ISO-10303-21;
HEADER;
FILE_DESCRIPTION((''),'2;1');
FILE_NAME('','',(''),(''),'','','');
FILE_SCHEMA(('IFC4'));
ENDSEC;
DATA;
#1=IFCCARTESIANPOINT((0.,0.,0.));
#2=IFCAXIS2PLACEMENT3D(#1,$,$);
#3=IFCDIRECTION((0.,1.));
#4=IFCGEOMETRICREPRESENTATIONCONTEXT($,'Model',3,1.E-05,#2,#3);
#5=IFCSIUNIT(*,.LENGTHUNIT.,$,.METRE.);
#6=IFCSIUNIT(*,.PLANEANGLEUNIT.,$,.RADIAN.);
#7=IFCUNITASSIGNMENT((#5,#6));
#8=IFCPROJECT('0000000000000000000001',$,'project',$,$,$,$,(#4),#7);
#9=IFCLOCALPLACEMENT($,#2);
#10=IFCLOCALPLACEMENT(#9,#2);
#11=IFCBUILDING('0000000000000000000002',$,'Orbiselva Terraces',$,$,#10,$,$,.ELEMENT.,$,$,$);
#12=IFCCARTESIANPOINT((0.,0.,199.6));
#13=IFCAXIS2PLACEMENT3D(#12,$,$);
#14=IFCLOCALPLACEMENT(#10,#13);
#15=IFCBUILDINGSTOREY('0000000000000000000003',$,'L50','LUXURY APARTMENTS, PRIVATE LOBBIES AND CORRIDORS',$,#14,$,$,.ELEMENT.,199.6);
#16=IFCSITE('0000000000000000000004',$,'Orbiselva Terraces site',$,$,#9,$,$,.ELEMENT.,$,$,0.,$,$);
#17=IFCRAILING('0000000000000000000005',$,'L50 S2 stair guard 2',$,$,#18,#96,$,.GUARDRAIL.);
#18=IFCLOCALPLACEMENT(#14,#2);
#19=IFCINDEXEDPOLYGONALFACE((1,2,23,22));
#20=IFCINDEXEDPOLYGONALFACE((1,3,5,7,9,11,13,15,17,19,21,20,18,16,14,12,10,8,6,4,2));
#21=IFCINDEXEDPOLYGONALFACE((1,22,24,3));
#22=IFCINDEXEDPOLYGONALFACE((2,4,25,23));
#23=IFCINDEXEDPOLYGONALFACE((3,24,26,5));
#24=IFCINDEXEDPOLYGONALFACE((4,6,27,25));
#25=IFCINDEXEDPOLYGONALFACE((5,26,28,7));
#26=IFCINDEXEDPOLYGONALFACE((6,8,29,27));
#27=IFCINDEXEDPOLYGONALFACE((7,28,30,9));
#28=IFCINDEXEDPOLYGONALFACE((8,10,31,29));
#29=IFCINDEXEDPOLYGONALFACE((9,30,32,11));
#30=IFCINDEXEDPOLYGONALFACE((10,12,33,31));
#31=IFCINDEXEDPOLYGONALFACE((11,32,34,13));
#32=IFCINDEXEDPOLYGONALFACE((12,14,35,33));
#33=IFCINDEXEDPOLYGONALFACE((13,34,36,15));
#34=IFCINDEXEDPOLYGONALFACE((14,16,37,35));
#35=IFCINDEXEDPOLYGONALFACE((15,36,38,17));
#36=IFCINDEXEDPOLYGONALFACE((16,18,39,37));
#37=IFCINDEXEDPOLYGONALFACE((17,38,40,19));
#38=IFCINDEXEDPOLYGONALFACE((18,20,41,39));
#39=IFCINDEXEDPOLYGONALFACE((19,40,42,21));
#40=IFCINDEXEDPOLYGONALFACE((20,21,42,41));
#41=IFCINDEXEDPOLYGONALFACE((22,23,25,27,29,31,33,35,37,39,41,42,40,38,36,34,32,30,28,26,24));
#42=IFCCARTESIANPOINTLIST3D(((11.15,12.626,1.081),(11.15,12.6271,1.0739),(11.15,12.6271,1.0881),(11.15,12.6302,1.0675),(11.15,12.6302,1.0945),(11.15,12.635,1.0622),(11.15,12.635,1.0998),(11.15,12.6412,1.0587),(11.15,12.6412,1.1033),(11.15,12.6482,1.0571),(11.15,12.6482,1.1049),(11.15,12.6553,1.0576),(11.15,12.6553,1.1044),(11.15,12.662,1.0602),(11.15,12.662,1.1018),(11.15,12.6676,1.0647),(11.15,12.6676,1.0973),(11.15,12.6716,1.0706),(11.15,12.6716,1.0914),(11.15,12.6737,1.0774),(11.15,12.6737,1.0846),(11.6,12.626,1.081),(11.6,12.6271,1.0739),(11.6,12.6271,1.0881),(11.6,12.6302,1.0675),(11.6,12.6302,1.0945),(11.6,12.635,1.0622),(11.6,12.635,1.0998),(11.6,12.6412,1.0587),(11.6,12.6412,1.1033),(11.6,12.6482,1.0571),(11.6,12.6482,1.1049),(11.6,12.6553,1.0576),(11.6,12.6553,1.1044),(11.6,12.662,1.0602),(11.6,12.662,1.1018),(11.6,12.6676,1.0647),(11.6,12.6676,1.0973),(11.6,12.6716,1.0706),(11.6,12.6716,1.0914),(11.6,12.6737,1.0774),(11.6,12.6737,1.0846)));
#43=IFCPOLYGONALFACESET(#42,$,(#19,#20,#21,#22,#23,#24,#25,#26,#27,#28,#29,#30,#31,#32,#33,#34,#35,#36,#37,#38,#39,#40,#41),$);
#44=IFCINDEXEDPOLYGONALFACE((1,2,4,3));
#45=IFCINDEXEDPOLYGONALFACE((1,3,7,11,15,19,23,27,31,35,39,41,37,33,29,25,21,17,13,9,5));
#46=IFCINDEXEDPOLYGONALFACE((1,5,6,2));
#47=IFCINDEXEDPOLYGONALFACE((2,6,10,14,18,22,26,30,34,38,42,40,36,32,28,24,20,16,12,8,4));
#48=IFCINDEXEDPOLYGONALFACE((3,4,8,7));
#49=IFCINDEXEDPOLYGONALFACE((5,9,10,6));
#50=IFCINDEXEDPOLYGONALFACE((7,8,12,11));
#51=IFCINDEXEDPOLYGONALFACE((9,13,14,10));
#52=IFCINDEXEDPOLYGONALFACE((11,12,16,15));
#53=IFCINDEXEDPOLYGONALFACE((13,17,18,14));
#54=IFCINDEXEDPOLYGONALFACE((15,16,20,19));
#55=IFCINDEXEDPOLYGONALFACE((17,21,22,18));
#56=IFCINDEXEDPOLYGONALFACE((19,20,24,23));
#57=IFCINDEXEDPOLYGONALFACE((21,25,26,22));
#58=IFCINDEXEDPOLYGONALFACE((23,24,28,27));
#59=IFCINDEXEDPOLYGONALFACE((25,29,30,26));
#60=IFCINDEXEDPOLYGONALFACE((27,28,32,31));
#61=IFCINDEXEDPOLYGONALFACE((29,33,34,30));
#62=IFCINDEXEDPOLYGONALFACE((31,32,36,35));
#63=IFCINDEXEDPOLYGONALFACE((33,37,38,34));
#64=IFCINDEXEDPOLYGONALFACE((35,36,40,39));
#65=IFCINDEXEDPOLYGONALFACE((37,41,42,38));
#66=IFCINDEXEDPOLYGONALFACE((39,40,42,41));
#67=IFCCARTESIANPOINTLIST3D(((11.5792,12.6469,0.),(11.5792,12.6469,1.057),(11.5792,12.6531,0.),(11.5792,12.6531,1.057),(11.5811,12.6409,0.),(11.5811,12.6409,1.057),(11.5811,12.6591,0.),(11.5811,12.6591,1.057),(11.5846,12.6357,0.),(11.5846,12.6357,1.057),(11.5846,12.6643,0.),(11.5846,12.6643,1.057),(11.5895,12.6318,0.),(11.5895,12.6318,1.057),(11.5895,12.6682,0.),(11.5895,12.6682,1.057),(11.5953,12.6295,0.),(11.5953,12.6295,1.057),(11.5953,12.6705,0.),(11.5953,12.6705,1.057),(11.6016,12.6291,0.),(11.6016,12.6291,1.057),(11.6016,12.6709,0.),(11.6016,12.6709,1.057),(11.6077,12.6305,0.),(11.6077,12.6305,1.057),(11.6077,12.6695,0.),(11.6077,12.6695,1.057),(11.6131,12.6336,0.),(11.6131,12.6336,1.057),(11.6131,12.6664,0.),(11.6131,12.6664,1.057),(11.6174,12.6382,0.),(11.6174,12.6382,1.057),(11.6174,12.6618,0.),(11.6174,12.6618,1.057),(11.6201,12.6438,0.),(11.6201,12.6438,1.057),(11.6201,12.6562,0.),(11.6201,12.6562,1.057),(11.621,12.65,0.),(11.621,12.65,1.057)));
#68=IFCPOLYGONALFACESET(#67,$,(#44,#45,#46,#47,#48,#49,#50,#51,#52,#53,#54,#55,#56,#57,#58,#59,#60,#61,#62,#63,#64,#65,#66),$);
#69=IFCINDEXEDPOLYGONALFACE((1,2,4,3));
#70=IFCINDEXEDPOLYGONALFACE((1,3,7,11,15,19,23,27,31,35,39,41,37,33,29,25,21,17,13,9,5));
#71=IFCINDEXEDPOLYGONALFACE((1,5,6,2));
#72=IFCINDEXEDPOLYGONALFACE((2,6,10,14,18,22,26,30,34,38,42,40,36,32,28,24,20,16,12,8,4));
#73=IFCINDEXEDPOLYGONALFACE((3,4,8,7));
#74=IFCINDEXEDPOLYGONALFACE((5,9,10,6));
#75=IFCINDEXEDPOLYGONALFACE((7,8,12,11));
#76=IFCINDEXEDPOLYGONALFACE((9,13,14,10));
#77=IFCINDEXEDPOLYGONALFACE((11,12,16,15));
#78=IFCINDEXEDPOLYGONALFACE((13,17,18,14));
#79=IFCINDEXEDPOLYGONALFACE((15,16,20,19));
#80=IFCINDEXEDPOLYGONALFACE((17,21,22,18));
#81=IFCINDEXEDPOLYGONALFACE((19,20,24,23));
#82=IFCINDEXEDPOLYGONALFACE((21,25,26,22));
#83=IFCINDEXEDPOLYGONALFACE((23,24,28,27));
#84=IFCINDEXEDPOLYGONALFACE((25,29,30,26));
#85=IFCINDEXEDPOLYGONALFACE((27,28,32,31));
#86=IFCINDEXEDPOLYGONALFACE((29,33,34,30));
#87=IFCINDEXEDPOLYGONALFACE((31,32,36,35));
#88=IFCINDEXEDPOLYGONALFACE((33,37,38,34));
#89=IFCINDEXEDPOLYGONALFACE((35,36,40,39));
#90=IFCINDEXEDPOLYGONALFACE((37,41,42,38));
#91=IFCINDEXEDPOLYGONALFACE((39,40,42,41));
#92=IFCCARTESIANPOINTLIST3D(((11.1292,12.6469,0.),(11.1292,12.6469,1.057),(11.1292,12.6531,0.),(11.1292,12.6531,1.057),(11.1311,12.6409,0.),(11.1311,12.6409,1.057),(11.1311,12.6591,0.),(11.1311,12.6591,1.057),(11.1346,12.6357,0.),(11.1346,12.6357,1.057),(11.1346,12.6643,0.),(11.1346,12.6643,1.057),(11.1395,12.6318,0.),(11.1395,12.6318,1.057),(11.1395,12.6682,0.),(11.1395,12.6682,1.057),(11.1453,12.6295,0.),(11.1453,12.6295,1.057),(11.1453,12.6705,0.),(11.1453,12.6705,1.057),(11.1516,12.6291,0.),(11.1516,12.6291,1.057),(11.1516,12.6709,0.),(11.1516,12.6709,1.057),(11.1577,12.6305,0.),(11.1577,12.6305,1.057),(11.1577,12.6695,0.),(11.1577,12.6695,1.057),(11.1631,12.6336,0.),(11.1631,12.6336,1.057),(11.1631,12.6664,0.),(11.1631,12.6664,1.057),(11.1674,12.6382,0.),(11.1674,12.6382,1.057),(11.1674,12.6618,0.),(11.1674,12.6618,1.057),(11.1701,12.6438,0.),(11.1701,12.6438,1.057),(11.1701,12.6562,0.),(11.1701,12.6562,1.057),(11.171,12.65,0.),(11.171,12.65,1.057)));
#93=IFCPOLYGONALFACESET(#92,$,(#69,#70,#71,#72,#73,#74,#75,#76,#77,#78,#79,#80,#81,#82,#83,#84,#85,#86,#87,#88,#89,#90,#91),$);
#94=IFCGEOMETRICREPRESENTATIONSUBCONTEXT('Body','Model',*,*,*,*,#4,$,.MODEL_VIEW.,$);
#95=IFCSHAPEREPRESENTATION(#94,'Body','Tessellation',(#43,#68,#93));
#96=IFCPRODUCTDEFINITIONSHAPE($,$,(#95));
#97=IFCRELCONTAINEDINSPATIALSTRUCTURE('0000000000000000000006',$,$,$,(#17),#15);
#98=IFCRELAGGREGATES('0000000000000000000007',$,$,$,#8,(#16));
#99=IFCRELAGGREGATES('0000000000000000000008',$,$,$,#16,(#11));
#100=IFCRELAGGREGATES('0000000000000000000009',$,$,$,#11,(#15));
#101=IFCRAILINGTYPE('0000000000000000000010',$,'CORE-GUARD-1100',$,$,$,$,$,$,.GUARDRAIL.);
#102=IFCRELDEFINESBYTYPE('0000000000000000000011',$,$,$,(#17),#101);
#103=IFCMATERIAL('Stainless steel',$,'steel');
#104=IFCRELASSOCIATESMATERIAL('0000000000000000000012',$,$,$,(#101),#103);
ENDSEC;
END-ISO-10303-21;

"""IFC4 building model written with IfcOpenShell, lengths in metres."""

from ifc_helpers import new_model, si_unit, direction, frame, origin, origin_2d, place, context, subcontext, project, spatial, circle, extrude, material, type_object, element, save


model = new_model("IFC4")

# Units and contexts
model_context = context("Model", 3, precision=1e-05, world=origin(), true_north=direction((0.0, 1.0)))
body_context = subcontext(model_context, "Body", "Model", "MODEL_VIEW")
ifc_project = project(units=[si_unit("LENGTHUNIT", "METRE"), si_unit("PLANEANGLEUNIT", "RADIAN")], contexts=[model_context])

# Site, building, storey
site_placement = place(None, origin())
site = spatial("IfcSite", under=ifc_project, at=site_placement, Name="Orbiselva Terraces site", CompositionType="ELEMENT", RefElevation=0.0)
building_placement = place(site_placement, origin())
building = spatial("IfcBuilding", under=site, at=building_placement, Name="Orbiselva Terraces", CompositionType="ELEMENT")
storey_placement = place(building_placement, frame((0.0, 0.0, 199.6)))
storey = spatial("IfcBuildingStorey", under=building, at=storey_placement, Name="L50", Description="LUXURY APARTMENTS, PRIVATE LOBBIES AND CORRIDORS", CompositionType="ELEMENT", Elevation=199.6)

# Railing
ifc_material_1 = material(Name="Stainless steel", Category="steel")
railing_type = type_object("IfcRailingType", Name="CORE-GUARD-1100", PredefinedType="GUARDRAIL", material=ifc_material_1)
railing_1_placement = place(storey_placement, frame((11.6, 12.65, 0.0)))
element("IfcRailing", 1, at=railing_1_placement, inside=storey, type_object=railing_type, Name="L50 S2 stair guard 2", PredefinedType="GUARDRAIL", context=body_context, shape_type="SweptSolid", body=[
    extrude(circle(Radius=0.024, at=origin_2d()), frame((0.0, 0.0, 1.081), z_axis=(-1.0, 0.0, 0.0), x_axis=(0.0, -1.0, 0.0)), (0.0, 0.0, 1.0), 0.45),
    extrude(circle(Radius=0.021, at=origin_2d()), origin(), (0.0, 0.0, 1.0), 1.057),
    extrude(circle(Radius=0.021, at=origin_2d()), frame((-0.45, 0.0, 0.0)), (0.0, 0.0, 1.0), 1.057),
])

save(model, "model.ifc")
